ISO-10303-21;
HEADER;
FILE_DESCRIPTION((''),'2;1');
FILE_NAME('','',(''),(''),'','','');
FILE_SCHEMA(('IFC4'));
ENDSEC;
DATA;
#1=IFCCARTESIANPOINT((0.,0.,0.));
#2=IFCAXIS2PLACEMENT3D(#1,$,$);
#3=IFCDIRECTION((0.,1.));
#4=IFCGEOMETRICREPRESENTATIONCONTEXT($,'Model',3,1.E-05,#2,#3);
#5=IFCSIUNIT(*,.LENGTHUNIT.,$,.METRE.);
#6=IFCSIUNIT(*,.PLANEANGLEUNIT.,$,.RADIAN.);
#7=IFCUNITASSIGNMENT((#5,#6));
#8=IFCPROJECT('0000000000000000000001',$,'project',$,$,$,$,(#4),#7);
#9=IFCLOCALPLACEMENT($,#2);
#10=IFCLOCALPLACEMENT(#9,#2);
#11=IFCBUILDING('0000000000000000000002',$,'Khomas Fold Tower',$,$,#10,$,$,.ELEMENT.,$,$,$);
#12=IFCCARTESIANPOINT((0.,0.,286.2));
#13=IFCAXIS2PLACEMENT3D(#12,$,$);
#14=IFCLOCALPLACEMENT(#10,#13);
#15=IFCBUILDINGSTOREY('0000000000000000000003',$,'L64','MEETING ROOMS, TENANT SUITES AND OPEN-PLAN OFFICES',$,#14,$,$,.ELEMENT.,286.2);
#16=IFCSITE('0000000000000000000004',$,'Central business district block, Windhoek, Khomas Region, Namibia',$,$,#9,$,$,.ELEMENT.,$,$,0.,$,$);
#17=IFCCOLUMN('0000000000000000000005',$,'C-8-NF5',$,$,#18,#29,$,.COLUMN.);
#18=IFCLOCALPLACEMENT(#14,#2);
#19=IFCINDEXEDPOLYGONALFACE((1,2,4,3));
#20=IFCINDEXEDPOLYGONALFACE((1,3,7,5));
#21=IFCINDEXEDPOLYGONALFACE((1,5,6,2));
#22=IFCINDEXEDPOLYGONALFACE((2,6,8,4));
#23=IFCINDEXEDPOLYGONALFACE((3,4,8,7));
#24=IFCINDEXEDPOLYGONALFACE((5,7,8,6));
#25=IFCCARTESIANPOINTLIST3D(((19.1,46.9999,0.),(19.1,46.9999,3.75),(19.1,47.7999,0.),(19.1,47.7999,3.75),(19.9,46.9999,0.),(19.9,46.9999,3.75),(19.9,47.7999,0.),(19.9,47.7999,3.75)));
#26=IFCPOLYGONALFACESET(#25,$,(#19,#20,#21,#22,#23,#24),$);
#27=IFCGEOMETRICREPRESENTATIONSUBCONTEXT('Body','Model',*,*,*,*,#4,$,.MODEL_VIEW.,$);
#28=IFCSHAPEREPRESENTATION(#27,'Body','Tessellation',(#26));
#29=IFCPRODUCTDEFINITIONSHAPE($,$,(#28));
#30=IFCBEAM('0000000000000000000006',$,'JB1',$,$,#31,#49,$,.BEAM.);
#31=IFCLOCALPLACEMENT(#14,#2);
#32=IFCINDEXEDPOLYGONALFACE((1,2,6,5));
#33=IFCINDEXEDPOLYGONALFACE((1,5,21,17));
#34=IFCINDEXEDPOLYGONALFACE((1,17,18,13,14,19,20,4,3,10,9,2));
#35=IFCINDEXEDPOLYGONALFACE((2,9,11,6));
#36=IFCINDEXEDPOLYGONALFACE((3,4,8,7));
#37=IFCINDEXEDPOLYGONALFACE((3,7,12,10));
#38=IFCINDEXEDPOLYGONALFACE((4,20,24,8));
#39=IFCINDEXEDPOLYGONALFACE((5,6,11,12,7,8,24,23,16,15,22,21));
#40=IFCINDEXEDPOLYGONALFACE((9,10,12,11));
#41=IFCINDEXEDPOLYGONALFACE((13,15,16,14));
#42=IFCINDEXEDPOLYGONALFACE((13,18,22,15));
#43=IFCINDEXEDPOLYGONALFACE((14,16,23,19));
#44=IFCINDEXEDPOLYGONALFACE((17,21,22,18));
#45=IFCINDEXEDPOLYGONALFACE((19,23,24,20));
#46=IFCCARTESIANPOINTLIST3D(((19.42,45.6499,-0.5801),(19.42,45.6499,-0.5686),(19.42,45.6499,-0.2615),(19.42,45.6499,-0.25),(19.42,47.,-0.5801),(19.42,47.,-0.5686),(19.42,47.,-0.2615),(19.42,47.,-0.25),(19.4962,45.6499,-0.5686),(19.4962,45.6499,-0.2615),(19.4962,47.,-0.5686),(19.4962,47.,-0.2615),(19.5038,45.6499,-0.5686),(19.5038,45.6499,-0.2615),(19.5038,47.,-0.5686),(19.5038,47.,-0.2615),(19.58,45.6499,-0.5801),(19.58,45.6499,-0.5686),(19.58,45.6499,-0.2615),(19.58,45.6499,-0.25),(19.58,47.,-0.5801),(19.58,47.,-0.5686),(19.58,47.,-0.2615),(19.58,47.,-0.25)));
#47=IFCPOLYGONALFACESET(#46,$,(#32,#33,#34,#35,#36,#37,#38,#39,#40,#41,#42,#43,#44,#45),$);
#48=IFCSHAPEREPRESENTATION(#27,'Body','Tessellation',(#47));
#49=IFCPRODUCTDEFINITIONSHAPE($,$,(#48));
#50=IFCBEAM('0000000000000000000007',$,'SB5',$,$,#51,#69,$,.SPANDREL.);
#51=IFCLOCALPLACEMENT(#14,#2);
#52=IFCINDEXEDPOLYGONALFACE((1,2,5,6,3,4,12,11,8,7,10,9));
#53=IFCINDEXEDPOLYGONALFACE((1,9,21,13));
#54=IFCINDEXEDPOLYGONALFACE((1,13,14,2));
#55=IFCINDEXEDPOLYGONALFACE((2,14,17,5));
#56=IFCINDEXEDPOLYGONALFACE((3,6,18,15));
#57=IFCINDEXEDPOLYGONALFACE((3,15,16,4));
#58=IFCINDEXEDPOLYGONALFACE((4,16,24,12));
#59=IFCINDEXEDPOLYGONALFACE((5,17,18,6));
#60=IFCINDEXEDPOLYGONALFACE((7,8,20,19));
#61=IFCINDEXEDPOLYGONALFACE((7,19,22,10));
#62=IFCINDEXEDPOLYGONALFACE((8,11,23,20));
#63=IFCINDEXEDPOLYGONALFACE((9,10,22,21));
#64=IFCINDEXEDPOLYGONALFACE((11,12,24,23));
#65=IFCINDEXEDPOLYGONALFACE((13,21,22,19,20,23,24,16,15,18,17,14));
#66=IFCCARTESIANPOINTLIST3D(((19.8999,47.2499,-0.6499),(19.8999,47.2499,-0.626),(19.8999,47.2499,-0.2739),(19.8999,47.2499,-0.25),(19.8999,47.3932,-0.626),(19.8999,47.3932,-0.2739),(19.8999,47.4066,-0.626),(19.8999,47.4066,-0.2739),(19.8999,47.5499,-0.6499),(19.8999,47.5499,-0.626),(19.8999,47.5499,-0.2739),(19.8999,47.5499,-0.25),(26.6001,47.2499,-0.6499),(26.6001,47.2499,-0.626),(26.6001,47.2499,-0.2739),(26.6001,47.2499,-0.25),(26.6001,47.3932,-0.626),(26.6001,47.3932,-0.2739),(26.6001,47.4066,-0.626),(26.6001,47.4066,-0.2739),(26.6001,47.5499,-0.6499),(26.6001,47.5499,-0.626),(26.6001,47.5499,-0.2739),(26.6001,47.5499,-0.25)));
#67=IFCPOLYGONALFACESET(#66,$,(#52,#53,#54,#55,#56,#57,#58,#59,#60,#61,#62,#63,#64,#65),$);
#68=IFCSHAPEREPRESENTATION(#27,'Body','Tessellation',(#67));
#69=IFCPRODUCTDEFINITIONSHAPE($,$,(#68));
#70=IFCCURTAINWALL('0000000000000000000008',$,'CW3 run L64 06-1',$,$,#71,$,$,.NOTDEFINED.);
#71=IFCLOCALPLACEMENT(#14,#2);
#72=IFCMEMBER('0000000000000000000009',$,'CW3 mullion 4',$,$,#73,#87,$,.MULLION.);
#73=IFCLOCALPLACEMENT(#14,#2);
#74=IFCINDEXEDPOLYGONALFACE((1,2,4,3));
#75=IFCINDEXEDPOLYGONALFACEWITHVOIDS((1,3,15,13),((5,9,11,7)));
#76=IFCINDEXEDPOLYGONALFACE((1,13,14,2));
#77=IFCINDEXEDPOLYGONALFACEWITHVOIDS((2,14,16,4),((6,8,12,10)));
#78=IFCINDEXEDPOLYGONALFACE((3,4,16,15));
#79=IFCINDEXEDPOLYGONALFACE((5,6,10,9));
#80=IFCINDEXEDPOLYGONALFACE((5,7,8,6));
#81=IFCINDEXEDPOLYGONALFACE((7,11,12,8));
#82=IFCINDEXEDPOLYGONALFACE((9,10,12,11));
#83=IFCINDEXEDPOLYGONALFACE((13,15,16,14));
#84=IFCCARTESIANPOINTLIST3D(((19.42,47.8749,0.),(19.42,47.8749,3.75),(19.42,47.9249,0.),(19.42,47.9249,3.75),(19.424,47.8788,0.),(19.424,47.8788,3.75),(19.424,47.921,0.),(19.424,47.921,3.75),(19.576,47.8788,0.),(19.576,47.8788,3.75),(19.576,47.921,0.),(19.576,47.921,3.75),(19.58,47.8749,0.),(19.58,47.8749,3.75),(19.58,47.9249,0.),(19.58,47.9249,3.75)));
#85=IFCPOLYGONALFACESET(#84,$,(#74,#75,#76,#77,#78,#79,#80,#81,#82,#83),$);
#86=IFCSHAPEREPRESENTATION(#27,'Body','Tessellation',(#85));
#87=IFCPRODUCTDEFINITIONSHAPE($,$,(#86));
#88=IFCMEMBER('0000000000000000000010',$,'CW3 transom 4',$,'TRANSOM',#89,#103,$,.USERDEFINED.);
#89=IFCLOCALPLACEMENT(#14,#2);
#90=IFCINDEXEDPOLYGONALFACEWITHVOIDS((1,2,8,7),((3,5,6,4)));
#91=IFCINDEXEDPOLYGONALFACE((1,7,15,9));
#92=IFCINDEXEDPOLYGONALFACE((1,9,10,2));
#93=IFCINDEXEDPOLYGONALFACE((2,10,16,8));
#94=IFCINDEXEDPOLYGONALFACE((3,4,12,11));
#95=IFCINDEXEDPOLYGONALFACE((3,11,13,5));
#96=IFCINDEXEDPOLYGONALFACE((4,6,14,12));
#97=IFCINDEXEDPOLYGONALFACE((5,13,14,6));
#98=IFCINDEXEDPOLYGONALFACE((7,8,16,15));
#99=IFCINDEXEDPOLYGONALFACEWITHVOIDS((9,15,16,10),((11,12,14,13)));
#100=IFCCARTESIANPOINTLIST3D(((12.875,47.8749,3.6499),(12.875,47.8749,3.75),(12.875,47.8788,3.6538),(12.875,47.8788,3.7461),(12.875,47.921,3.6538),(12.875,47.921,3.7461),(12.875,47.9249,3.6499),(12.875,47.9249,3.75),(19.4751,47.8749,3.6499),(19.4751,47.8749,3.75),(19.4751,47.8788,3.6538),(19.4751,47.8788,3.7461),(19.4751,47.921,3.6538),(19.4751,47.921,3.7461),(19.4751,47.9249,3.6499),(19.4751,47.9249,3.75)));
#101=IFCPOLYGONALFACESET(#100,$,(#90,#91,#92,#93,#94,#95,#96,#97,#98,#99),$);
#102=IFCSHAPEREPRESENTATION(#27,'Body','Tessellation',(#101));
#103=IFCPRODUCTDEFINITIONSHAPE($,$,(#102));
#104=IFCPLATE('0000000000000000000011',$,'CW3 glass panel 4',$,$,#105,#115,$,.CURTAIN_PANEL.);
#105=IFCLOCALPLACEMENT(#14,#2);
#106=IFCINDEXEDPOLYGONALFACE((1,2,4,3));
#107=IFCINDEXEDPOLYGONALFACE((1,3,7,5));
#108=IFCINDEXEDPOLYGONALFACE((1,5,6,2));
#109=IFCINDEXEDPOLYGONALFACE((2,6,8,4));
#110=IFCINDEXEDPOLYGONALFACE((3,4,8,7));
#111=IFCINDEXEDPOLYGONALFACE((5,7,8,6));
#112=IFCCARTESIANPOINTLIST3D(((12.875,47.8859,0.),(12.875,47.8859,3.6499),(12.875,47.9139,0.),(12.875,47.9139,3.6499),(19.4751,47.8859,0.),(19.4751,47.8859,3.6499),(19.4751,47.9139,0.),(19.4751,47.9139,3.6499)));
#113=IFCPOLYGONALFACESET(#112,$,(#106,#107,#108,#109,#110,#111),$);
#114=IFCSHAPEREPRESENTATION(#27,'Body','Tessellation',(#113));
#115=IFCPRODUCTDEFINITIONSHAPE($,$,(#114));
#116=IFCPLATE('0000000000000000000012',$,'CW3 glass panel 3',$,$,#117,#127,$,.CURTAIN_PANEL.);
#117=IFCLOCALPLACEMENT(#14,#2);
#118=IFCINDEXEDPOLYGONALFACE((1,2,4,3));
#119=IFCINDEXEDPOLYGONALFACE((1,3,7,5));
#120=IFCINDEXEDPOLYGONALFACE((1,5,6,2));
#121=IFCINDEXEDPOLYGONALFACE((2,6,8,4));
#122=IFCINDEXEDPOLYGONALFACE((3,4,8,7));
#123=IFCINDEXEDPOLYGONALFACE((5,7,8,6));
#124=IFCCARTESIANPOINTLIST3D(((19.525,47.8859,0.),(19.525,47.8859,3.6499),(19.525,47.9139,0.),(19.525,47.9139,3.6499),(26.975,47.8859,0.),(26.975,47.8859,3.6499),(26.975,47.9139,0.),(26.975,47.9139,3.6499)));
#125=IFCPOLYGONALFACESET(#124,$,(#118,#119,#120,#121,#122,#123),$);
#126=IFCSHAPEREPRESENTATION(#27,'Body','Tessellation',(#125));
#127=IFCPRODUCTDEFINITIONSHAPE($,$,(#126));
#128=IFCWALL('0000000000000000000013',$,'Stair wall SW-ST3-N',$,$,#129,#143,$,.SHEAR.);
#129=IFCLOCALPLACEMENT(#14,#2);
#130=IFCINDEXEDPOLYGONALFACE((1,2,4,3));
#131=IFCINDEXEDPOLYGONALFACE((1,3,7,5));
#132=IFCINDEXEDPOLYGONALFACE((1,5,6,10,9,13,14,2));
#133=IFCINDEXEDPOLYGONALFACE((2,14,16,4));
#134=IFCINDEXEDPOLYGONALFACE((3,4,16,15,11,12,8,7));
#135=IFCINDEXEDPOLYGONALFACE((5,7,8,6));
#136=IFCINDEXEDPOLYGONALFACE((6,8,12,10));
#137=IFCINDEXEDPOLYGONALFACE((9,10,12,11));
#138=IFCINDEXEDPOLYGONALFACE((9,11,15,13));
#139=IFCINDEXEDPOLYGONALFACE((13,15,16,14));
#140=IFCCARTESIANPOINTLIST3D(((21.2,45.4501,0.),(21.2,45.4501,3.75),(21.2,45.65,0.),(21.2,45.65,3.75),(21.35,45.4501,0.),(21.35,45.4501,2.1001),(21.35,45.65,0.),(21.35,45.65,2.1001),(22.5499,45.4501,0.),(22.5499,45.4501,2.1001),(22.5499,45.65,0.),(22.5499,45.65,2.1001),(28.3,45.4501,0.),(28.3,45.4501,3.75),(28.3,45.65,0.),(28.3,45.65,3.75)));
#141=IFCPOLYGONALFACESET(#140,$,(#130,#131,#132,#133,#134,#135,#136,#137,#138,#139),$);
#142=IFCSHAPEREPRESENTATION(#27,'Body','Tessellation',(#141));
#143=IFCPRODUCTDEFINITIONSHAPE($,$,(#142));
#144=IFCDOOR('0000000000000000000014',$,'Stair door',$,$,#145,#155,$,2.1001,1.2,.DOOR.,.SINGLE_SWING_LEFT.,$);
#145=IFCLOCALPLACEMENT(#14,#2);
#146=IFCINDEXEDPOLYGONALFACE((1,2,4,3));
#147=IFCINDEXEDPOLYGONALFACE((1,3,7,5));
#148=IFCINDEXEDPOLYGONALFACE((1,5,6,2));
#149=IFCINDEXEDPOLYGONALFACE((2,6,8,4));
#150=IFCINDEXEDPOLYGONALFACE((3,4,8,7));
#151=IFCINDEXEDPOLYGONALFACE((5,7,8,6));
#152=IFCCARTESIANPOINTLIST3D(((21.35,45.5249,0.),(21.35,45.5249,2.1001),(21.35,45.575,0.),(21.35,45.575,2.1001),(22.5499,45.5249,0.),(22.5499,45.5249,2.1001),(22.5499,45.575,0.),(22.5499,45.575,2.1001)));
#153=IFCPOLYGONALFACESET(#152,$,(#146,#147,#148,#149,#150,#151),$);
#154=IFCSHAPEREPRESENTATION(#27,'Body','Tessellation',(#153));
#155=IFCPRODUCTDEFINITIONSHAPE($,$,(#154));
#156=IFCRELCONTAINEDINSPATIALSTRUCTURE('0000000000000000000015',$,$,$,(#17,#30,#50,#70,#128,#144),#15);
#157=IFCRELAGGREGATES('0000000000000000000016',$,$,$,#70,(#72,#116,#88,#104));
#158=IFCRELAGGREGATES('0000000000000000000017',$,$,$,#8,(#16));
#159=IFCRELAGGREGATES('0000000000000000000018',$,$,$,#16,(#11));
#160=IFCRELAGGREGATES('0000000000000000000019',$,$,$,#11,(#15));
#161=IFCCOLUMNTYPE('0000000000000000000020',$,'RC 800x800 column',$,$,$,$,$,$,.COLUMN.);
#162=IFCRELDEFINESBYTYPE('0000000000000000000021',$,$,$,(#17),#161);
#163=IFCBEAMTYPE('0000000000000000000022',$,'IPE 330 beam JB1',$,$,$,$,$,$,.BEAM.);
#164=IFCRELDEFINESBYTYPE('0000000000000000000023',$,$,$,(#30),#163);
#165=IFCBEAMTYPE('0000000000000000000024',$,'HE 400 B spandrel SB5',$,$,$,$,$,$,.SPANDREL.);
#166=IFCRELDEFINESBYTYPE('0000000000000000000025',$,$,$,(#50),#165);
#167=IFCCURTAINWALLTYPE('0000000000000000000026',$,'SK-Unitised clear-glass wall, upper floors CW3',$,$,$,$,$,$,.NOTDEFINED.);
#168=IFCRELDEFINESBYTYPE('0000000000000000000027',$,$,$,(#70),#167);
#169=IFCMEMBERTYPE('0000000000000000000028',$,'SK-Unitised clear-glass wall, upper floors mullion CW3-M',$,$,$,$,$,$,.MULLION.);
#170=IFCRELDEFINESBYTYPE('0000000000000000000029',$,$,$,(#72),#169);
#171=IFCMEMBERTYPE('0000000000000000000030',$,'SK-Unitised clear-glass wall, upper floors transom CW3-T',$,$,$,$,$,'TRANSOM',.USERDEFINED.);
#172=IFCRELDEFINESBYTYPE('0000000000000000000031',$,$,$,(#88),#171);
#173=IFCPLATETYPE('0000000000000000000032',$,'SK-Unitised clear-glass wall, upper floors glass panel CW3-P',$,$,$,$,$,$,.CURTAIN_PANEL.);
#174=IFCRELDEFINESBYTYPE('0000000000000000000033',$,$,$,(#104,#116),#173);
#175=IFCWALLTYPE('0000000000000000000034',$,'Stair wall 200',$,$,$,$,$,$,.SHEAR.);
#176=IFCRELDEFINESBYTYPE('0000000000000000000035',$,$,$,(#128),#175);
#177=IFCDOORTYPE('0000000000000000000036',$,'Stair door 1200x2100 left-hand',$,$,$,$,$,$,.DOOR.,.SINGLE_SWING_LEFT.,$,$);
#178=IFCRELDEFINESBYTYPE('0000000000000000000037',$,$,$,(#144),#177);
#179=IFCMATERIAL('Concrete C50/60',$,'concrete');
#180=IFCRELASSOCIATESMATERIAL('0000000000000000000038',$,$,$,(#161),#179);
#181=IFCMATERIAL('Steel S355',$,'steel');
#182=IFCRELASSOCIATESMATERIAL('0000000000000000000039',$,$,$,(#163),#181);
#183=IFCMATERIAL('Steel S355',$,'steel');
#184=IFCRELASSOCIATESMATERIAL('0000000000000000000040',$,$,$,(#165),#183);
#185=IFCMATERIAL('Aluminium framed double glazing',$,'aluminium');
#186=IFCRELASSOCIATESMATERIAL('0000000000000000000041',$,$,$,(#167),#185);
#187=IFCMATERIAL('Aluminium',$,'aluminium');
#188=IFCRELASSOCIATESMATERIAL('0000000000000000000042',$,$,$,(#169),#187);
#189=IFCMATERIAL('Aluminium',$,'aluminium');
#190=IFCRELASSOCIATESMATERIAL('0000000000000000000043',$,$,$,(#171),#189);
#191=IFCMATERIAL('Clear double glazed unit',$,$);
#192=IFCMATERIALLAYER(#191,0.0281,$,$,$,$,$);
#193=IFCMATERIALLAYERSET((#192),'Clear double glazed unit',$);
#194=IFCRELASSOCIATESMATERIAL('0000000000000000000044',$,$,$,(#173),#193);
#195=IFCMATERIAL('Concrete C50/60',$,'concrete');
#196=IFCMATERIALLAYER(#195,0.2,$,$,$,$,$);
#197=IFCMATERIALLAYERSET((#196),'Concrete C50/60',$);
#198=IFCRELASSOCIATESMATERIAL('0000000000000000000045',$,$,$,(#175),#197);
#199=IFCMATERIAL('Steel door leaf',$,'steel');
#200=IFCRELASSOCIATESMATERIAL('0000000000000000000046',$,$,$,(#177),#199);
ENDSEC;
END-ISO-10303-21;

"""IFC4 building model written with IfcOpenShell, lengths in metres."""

from ifc_helpers import new_model, si_unit, direction, frame, frame_2d, origin, origin_2d, place, context, subcontext, project, spatial, rectangle, hollow_rectangle, i_section, extrude, source, transform, mapped, material, layer, layer_set, material_profile, profile_set, type_object, element, fill, aggregate, save


model = new_model("IFC4")

# Units and contexts
model_context = context("Model", 3, precision=1e-05, world=origin(), true_north=direction((0.0, 1.0)))
body_context = subcontext(model_context, "Body", "Model", "MODEL_VIEW")
ifc_project = project(units=[si_unit("LENGTHUNIT", "METRE"), si_unit("PLANEANGLEUNIT", "RADIAN")], contexts=[model_context])

# Site, building, storey
site_placement = place(None, origin())
site = spatial("IfcSite", under=ifc_project, at=site_placement, Name="Central business district block, Windhoek, Khomas Region, Namibia", CompositionType="ELEMENT", RefElevation=0.0)
building_placement = place(site_placement, origin())
building = spatial("IfcBuilding", under=site, at=building_placement, Name="Khomas Fold Tower", CompositionType="ELEMENT")
storey_placement = place(building_placement, frame((0.0, 0.0, 286.2)))
storey = spatial("IfcBuildingStorey", under=building, at=storey_placement, Name="L64", Description="MEETING ROOMS, TENANT SUITES AND OPEN-PLAN OFFICES", CompositionType="ELEMENT", Elevation=286.2)

# Column
ifc_material_1 = material(Name="Concrete C50/60", Category="concrete")
ifc_material_profile_1 = material_profile(ifc_material_1, rectangle(XDim=0.8, YDim=0.8, at=origin_2d()), Name="RC 800x800")
ifc_profile_set_1 = profile_set([ifc_material_profile_1], Name="Concrete C50/60")
column_type = type_object("IfcColumnType", Name="RC 800x800 column", PredefinedType="COLUMN", material=ifc_profile_set_1)
shared_shape_1 = source(origin(), body_context, "Body", "SweptSolid", [
    extrude(rectangle(XDim=0.8, YDim=0.8, at=origin_2d()), origin(), (0.0, 0.0, 1.0), 3.75),
])
column_placement = place(storey_placement, frame((19.5, 47.3999, 0.0), z_axis=(0.0, 0.0, 1.0), x_axis=(1.0, 0.0, 0.0)))
element("IfcColumn", 1, at=column_placement, inside=storey, type_object=column_type, Name="C-8-NF5", PredefinedType="COLUMN", context=body_context, shape_type="MappedRepresentation", body=[
    mapped(shared_shape_1, transform((0.0, 0.0, 0.0))),
])

# Beams
ifc_material_2 = material(Name="Steel S355", Category="steel")
ifc_material_profile_2 = material_profile(ifc_material_2, i_section(OverallWidth=0.1599, OverallDepth=0.3301, WebThickness=0.0076, FlangeThickness=0.0115, at=origin_2d()), Name="IPE 330")
ifc_profile_set_2 = profile_set([ifc_material_profile_2], Name="Steel S355")
beam_type_1 = type_object("IfcBeamType", Name="IPE 330 beam JB1", PredefinedType="BEAM", material=ifc_profile_set_2)
shared_shape_2 = source(origin(), body_context, "Body", "SweptSolid", [
    extrude(i_section(OverallWidth=0.1599, OverallDepth=0.3301, WebThickness=0.0076, FlangeThickness=0.0115, at=origin_2d()), origin(), (0.0, 0.0, 1.0), 1.3501),
])
beam_1_placement = place(storey_placement, frame((19.5, 45.6499, -0.415), z_axis=(0.0, 1.0, 0.0), x_axis=(-1.0, 0.0, 0.0)))
element("IfcBeam", 2, at=beam_1_placement, inside=storey, type_object=beam_type_1, Name="JB1", PredefinedType="BEAM", context=body_context, shape_type="MappedRepresentation", body=[
    mapped(shared_shape_2, transform((0.0, 0.0, 0.0))),
])
ifc_material_3 = material(Name="Steel S355", Category="steel")
ifc_material_profile_3 = material_profile(ifc_material_3, i_section(OverallWidth=0.3, OverallDepth=0.3999, WebThickness=0.0134, FlangeThickness=0.0239, at=origin_2d()), Name="HE 400 B")
ifc_profile_set_3 = profile_set([ifc_material_profile_3], Name="Steel S355")
beam_type_2 = type_object("IfcBeamType", Name="HE 400 B spandrel SB5", PredefinedType="SPANDREL", material=ifc_profile_set_3)
shared_shape_3 = source(origin(), body_context, "Body", "SweptSolid", [
    extrude(i_section(OverallWidth=0.3, OverallDepth=0.3999, WebThickness=0.0134, FlangeThickness=0.0239, at=origin_2d()), origin(), (0.0, 0.0, 1.0), 6.7002),
])
beam_2_placement = place(storey_placement, frame((19.8999, 47.3999, -0.45), z_axis=(1.0, 0.0, 0.0), x_axis=(0.0, 1.0, 0.0)))
element("IfcBeam", 3, at=beam_2_placement, inside=storey, type_object=beam_type_2, Name="SB5", PredefinedType="SPANDREL", context=body_context, shape_type="MappedRepresentation", body=[
    mapped(shared_shape_3, transform((0.0, 0.0, 0.0))),
])

# Curtain wall, members, plates
ifc_material_4 = material(Name="Aluminium framed double glazing", Category="aluminium")
curtain_wall_type = type_object("IfcCurtainWallType", Name="SK-Unitised clear-glass wall, upper floors CW3", PredefinedType="NOTDEFINED", material=ifc_material_4)
curtain_wall_placement = place(storey_placement, origin())
curtain_wall = element("IfcCurtainWall", 4, at=curtain_wall_placement, inside=storey, type_object=curtain_wall_type, Name="CW3 run L64 06-1", PredefinedType="NOTDEFINED")
ifc_material_5 = material(Name="Aluminium", Category="aluminium")
ifc_material_profile_4 = material_profile(ifc_material_5, hollow_rectangle(XDim=0.05, YDim=0.1599, WallThickness=0.0039, at=origin_2d()), Name="SK-Unitised clear-glass wall, upper floors mullion CW3-M")
ifc_profile_set_4 = profile_set([ifc_material_profile_4], Name="Aluminium")
member_type_1 = type_object("IfcMemberType", Name="SK-Unitised clear-glass wall, upper floors mullion CW3-M", PredefinedType="MULLION", material=ifc_profile_set_4)
shared_shape_4 = source(origin(), body_context, "Body", "SweptSolid", [
    extrude(hollow_rectangle(XDim=0.05, YDim=0.1599, WallThickness=0.0039, at=origin_2d()), origin(), (0.0, 0.0, 1.0), 3.75),
])
member_1_placement = place(storey_placement, frame((19.5, 47.8999, 0.0), z_axis=(0.0, 0.0, 1.0), x_axis=(0.0, -1.0, 0.0)))
member_1 = element("IfcMember", 5, at=member_1_placement, type_object=member_type_1, Name="CW3 mullion 4", PredefinedType="MULLION", context=body_context, shape_type="MappedRepresentation", body=[
    mapped(shared_shape_4, transform((0.0, 0.0, 0.0))),
])
ifc_material_6 = material(Name="Aluminium", Category="aluminium")
ifc_material_profile_5 = material_profile(ifc_material_6, hollow_rectangle(XDim=0.05, YDim=0.1001, WallThickness=0.0039, at=origin_2d()), Name="SK-Unitised clear-glass wall, upper floors transom CW3-T")
ifc_profile_set_5 = profile_set([ifc_material_profile_5], Name="Aluminium")
member_type_2 = type_object("IfcMemberType", Name="SK-Unitised clear-glass wall, upper floors transom CW3-T", ElementType="TRANSOM", PredefinedType="USERDEFINED", material=ifc_profile_set_5)
shared_shape_5 = source(origin(), body_context, "Body", "SweptSolid", [
    extrude(hollow_rectangle(XDim=0.05, YDim=0.1001, WallThickness=0.0039, at=origin_2d()), origin(), (0.0, 0.0, 1.0), 6.6001),
])
member_2_placement = place(storey_placement, frame((19.4751, 47.8999, 3.7), z_axis=(-1.0, 0.0, 0.0), x_axis=(0.0, -1.0, 0.0)))
member_2 = element("IfcMember", 6, at=member_2_placement, type_object=member_type_2, Name="CW3 transom 4", ObjectType="TRANSOM", PredefinedType="USERDEFINED", context=body_context, shape_type="MappedRepresentation", body=[
    mapped(shared_shape_5, transform((0.0, 0.0, 0.0))),
])
ifc_material_7 = material(Name="Clear double glazed unit")
ifc_layer_1 = layer(ifc_material_7, 0.0281)
ifc_layer_set_1 = layer_set([ifc_layer_1], Name="Clear double glazed unit")
plate_type = type_object("IfcPlateType", Name="SK-Unitised clear-glass wall, upper floors glass panel CW3-P", PredefinedType="CURTAIN_PANEL", material=ifc_layer_set_1)
shared_shape_6 = source(origin(), body_context, "Body", "SweptSolid", [
    extrude(rectangle(XDim=6.6001, YDim=0.0281, at=origin_2d()), origin(), (0.0, 0.0, 1.0), 3.6499),
])
plate_1_placement = place(storey_placement, frame((16.175, 47.8999, 0.0), z_axis=(0.0, 0.0, 1.0), x_axis=(-1.0, 0.0, 0.0)))
plate_1 = element("IfcPlate", 7, at=plate_1_placement, type_object=plate_type, Name="CW3 glass panel 4", PredefinedType="CURTAIN_PANEL", context=body_context, shape_type="MappedRepresentation", body=[
    mapped(shared_shape_6, transform((0.0, 0.0, 0.0))),
])
shared_shape_7 = source(origin(), body_context, "Body", "SweptSolid", [
    extrude(rectangle(XDim=7.45, YDim=0.0281, at=origin_2d()), origin(), (0.0, 0.0, 1.0), 3.6499),
])
plate_2_placement = place(storey_placement, frame((23.25, 47.8999, 0.0), z_axis=(0.0, 0.0, 1.0), x_axis=(-1.0, 0.0, 0.0)))
plate_2 = element("IfcPlate", 8, at=plate_2_placement, type_object=plate_type, Name="CW3 glass panel 3", PredefinedType="CURTAIN_PANEL", context=body_context, shape_type="MappedRepresentation", body=[
    mapped(shared_shape_7, transform((0.0, 0.0, 0.0))),
])
aggregate(curtain_wall, [member_1, plate_2, member_2, plate_1])

# Wall, opening, door
ifc_material_8 = material(Name="Concrete C50/60", Category="concrete")
ifc_layer_2 = layer(ifc_material_8, 0.2)
ifc_layer_set_2 = layer_set([ifc_layer_2], Name="Concrete C50/60")
wall_type_1 = type_object("IfcWallType", Name="Stair wall 200", PredefinedType="SHEAR", material=ifc_layer_set_2)
shared_shape_8 = source(origin(), body_context, "Body", "SweptSolid", [
    extrude(rectangle(XDim=7.1001, YDim=0.2, at=frame_2d((3.55, 0.0))), origin(), (0.0, 0.0, 1.0), 3.75),
])
wall_1_placement = place(storey_placement, frame((21.2, 45.55, 0.0), z_axis=(0.0, 0.0, 1.0), x_axis=(1.0, 0.0, 0.0)))
wall_1 = element("IfcWall", 9, at=wall_1_placement, inside=storey, type_object=wall_type_1, Name="Stair wall SW-ST3-N", PredefinedType="SHEAR", context=body_context, shape_type="MappedRepresentation", body=[
    mapped(shared_shape_8, transform((0.0, 0.0, 0.0))),
])
shared_shape_9 = source(origin(), body_context, "Body", "SweptSolid", [
    extrude(rectangle(XDim=1.2, YDim=2.1001, at=frame_2d((0.6001, 1.05))), frame((0.0, 0.1099, 0.0), z_axis=(0.0, -1.0, 0.0), x_axis=(1.0, 0.0, 0.0)), (0.0, 0.0, 1.0), 0.22),
])
opening_placement = place(wall_1_placement, frame((0.1499, 0.0, 0.0)))
opening = element("IfcOpeningElement", 10, at=opening_placement, cuts=wall_1, PredefinedType="OPENING", context=body_context, shape_type="MappedRepresentation", body=[
    mapped(shared_shape_9, transform((0.0, 0.0, 0.0))),
])
ifc_material_9 = material(Name="Steel door leaf", Category="steel")
door_type = type_object("IfcDoorType", Name="Stair door 1200x2100 left-hand", OperationType="SINGLE_SWING_LEFT", PredefinedType="DOOR", material=ifc_material_9)
shared_shape_10 = source(origin(), body_context, "Body", "SweptSolid", [
    extrude(rectangle(XDim=1.2, YDim=2.1001, at=frame_2d((0.6001, 1.05))), frame((0.0, 0.0249, 0.0), z_axis=(0.0, -1.0, 0.0), x_axis=(1.0, 0.0, 0.0)), (0.0, 0.0, 1.0), 0.05),
])
door_placement = place(opening_placement, origin())
door = element("IfcDoor", 11, at=door_placement, inside=storey, type_object=door_type, Name="Stair door", OperationType="SINGLE_SWING_LEFT", OverallHeight=2.1001, OverallWidth=1.2, PredefinedType="DOOR", context=body_context, shape_type="MappedRepresentation", body=[
    mapped(shared_shape_10, transform((0.0, 0.0, 0.0))),
])
fill(opening, door)

save(model, "model.ifc")
